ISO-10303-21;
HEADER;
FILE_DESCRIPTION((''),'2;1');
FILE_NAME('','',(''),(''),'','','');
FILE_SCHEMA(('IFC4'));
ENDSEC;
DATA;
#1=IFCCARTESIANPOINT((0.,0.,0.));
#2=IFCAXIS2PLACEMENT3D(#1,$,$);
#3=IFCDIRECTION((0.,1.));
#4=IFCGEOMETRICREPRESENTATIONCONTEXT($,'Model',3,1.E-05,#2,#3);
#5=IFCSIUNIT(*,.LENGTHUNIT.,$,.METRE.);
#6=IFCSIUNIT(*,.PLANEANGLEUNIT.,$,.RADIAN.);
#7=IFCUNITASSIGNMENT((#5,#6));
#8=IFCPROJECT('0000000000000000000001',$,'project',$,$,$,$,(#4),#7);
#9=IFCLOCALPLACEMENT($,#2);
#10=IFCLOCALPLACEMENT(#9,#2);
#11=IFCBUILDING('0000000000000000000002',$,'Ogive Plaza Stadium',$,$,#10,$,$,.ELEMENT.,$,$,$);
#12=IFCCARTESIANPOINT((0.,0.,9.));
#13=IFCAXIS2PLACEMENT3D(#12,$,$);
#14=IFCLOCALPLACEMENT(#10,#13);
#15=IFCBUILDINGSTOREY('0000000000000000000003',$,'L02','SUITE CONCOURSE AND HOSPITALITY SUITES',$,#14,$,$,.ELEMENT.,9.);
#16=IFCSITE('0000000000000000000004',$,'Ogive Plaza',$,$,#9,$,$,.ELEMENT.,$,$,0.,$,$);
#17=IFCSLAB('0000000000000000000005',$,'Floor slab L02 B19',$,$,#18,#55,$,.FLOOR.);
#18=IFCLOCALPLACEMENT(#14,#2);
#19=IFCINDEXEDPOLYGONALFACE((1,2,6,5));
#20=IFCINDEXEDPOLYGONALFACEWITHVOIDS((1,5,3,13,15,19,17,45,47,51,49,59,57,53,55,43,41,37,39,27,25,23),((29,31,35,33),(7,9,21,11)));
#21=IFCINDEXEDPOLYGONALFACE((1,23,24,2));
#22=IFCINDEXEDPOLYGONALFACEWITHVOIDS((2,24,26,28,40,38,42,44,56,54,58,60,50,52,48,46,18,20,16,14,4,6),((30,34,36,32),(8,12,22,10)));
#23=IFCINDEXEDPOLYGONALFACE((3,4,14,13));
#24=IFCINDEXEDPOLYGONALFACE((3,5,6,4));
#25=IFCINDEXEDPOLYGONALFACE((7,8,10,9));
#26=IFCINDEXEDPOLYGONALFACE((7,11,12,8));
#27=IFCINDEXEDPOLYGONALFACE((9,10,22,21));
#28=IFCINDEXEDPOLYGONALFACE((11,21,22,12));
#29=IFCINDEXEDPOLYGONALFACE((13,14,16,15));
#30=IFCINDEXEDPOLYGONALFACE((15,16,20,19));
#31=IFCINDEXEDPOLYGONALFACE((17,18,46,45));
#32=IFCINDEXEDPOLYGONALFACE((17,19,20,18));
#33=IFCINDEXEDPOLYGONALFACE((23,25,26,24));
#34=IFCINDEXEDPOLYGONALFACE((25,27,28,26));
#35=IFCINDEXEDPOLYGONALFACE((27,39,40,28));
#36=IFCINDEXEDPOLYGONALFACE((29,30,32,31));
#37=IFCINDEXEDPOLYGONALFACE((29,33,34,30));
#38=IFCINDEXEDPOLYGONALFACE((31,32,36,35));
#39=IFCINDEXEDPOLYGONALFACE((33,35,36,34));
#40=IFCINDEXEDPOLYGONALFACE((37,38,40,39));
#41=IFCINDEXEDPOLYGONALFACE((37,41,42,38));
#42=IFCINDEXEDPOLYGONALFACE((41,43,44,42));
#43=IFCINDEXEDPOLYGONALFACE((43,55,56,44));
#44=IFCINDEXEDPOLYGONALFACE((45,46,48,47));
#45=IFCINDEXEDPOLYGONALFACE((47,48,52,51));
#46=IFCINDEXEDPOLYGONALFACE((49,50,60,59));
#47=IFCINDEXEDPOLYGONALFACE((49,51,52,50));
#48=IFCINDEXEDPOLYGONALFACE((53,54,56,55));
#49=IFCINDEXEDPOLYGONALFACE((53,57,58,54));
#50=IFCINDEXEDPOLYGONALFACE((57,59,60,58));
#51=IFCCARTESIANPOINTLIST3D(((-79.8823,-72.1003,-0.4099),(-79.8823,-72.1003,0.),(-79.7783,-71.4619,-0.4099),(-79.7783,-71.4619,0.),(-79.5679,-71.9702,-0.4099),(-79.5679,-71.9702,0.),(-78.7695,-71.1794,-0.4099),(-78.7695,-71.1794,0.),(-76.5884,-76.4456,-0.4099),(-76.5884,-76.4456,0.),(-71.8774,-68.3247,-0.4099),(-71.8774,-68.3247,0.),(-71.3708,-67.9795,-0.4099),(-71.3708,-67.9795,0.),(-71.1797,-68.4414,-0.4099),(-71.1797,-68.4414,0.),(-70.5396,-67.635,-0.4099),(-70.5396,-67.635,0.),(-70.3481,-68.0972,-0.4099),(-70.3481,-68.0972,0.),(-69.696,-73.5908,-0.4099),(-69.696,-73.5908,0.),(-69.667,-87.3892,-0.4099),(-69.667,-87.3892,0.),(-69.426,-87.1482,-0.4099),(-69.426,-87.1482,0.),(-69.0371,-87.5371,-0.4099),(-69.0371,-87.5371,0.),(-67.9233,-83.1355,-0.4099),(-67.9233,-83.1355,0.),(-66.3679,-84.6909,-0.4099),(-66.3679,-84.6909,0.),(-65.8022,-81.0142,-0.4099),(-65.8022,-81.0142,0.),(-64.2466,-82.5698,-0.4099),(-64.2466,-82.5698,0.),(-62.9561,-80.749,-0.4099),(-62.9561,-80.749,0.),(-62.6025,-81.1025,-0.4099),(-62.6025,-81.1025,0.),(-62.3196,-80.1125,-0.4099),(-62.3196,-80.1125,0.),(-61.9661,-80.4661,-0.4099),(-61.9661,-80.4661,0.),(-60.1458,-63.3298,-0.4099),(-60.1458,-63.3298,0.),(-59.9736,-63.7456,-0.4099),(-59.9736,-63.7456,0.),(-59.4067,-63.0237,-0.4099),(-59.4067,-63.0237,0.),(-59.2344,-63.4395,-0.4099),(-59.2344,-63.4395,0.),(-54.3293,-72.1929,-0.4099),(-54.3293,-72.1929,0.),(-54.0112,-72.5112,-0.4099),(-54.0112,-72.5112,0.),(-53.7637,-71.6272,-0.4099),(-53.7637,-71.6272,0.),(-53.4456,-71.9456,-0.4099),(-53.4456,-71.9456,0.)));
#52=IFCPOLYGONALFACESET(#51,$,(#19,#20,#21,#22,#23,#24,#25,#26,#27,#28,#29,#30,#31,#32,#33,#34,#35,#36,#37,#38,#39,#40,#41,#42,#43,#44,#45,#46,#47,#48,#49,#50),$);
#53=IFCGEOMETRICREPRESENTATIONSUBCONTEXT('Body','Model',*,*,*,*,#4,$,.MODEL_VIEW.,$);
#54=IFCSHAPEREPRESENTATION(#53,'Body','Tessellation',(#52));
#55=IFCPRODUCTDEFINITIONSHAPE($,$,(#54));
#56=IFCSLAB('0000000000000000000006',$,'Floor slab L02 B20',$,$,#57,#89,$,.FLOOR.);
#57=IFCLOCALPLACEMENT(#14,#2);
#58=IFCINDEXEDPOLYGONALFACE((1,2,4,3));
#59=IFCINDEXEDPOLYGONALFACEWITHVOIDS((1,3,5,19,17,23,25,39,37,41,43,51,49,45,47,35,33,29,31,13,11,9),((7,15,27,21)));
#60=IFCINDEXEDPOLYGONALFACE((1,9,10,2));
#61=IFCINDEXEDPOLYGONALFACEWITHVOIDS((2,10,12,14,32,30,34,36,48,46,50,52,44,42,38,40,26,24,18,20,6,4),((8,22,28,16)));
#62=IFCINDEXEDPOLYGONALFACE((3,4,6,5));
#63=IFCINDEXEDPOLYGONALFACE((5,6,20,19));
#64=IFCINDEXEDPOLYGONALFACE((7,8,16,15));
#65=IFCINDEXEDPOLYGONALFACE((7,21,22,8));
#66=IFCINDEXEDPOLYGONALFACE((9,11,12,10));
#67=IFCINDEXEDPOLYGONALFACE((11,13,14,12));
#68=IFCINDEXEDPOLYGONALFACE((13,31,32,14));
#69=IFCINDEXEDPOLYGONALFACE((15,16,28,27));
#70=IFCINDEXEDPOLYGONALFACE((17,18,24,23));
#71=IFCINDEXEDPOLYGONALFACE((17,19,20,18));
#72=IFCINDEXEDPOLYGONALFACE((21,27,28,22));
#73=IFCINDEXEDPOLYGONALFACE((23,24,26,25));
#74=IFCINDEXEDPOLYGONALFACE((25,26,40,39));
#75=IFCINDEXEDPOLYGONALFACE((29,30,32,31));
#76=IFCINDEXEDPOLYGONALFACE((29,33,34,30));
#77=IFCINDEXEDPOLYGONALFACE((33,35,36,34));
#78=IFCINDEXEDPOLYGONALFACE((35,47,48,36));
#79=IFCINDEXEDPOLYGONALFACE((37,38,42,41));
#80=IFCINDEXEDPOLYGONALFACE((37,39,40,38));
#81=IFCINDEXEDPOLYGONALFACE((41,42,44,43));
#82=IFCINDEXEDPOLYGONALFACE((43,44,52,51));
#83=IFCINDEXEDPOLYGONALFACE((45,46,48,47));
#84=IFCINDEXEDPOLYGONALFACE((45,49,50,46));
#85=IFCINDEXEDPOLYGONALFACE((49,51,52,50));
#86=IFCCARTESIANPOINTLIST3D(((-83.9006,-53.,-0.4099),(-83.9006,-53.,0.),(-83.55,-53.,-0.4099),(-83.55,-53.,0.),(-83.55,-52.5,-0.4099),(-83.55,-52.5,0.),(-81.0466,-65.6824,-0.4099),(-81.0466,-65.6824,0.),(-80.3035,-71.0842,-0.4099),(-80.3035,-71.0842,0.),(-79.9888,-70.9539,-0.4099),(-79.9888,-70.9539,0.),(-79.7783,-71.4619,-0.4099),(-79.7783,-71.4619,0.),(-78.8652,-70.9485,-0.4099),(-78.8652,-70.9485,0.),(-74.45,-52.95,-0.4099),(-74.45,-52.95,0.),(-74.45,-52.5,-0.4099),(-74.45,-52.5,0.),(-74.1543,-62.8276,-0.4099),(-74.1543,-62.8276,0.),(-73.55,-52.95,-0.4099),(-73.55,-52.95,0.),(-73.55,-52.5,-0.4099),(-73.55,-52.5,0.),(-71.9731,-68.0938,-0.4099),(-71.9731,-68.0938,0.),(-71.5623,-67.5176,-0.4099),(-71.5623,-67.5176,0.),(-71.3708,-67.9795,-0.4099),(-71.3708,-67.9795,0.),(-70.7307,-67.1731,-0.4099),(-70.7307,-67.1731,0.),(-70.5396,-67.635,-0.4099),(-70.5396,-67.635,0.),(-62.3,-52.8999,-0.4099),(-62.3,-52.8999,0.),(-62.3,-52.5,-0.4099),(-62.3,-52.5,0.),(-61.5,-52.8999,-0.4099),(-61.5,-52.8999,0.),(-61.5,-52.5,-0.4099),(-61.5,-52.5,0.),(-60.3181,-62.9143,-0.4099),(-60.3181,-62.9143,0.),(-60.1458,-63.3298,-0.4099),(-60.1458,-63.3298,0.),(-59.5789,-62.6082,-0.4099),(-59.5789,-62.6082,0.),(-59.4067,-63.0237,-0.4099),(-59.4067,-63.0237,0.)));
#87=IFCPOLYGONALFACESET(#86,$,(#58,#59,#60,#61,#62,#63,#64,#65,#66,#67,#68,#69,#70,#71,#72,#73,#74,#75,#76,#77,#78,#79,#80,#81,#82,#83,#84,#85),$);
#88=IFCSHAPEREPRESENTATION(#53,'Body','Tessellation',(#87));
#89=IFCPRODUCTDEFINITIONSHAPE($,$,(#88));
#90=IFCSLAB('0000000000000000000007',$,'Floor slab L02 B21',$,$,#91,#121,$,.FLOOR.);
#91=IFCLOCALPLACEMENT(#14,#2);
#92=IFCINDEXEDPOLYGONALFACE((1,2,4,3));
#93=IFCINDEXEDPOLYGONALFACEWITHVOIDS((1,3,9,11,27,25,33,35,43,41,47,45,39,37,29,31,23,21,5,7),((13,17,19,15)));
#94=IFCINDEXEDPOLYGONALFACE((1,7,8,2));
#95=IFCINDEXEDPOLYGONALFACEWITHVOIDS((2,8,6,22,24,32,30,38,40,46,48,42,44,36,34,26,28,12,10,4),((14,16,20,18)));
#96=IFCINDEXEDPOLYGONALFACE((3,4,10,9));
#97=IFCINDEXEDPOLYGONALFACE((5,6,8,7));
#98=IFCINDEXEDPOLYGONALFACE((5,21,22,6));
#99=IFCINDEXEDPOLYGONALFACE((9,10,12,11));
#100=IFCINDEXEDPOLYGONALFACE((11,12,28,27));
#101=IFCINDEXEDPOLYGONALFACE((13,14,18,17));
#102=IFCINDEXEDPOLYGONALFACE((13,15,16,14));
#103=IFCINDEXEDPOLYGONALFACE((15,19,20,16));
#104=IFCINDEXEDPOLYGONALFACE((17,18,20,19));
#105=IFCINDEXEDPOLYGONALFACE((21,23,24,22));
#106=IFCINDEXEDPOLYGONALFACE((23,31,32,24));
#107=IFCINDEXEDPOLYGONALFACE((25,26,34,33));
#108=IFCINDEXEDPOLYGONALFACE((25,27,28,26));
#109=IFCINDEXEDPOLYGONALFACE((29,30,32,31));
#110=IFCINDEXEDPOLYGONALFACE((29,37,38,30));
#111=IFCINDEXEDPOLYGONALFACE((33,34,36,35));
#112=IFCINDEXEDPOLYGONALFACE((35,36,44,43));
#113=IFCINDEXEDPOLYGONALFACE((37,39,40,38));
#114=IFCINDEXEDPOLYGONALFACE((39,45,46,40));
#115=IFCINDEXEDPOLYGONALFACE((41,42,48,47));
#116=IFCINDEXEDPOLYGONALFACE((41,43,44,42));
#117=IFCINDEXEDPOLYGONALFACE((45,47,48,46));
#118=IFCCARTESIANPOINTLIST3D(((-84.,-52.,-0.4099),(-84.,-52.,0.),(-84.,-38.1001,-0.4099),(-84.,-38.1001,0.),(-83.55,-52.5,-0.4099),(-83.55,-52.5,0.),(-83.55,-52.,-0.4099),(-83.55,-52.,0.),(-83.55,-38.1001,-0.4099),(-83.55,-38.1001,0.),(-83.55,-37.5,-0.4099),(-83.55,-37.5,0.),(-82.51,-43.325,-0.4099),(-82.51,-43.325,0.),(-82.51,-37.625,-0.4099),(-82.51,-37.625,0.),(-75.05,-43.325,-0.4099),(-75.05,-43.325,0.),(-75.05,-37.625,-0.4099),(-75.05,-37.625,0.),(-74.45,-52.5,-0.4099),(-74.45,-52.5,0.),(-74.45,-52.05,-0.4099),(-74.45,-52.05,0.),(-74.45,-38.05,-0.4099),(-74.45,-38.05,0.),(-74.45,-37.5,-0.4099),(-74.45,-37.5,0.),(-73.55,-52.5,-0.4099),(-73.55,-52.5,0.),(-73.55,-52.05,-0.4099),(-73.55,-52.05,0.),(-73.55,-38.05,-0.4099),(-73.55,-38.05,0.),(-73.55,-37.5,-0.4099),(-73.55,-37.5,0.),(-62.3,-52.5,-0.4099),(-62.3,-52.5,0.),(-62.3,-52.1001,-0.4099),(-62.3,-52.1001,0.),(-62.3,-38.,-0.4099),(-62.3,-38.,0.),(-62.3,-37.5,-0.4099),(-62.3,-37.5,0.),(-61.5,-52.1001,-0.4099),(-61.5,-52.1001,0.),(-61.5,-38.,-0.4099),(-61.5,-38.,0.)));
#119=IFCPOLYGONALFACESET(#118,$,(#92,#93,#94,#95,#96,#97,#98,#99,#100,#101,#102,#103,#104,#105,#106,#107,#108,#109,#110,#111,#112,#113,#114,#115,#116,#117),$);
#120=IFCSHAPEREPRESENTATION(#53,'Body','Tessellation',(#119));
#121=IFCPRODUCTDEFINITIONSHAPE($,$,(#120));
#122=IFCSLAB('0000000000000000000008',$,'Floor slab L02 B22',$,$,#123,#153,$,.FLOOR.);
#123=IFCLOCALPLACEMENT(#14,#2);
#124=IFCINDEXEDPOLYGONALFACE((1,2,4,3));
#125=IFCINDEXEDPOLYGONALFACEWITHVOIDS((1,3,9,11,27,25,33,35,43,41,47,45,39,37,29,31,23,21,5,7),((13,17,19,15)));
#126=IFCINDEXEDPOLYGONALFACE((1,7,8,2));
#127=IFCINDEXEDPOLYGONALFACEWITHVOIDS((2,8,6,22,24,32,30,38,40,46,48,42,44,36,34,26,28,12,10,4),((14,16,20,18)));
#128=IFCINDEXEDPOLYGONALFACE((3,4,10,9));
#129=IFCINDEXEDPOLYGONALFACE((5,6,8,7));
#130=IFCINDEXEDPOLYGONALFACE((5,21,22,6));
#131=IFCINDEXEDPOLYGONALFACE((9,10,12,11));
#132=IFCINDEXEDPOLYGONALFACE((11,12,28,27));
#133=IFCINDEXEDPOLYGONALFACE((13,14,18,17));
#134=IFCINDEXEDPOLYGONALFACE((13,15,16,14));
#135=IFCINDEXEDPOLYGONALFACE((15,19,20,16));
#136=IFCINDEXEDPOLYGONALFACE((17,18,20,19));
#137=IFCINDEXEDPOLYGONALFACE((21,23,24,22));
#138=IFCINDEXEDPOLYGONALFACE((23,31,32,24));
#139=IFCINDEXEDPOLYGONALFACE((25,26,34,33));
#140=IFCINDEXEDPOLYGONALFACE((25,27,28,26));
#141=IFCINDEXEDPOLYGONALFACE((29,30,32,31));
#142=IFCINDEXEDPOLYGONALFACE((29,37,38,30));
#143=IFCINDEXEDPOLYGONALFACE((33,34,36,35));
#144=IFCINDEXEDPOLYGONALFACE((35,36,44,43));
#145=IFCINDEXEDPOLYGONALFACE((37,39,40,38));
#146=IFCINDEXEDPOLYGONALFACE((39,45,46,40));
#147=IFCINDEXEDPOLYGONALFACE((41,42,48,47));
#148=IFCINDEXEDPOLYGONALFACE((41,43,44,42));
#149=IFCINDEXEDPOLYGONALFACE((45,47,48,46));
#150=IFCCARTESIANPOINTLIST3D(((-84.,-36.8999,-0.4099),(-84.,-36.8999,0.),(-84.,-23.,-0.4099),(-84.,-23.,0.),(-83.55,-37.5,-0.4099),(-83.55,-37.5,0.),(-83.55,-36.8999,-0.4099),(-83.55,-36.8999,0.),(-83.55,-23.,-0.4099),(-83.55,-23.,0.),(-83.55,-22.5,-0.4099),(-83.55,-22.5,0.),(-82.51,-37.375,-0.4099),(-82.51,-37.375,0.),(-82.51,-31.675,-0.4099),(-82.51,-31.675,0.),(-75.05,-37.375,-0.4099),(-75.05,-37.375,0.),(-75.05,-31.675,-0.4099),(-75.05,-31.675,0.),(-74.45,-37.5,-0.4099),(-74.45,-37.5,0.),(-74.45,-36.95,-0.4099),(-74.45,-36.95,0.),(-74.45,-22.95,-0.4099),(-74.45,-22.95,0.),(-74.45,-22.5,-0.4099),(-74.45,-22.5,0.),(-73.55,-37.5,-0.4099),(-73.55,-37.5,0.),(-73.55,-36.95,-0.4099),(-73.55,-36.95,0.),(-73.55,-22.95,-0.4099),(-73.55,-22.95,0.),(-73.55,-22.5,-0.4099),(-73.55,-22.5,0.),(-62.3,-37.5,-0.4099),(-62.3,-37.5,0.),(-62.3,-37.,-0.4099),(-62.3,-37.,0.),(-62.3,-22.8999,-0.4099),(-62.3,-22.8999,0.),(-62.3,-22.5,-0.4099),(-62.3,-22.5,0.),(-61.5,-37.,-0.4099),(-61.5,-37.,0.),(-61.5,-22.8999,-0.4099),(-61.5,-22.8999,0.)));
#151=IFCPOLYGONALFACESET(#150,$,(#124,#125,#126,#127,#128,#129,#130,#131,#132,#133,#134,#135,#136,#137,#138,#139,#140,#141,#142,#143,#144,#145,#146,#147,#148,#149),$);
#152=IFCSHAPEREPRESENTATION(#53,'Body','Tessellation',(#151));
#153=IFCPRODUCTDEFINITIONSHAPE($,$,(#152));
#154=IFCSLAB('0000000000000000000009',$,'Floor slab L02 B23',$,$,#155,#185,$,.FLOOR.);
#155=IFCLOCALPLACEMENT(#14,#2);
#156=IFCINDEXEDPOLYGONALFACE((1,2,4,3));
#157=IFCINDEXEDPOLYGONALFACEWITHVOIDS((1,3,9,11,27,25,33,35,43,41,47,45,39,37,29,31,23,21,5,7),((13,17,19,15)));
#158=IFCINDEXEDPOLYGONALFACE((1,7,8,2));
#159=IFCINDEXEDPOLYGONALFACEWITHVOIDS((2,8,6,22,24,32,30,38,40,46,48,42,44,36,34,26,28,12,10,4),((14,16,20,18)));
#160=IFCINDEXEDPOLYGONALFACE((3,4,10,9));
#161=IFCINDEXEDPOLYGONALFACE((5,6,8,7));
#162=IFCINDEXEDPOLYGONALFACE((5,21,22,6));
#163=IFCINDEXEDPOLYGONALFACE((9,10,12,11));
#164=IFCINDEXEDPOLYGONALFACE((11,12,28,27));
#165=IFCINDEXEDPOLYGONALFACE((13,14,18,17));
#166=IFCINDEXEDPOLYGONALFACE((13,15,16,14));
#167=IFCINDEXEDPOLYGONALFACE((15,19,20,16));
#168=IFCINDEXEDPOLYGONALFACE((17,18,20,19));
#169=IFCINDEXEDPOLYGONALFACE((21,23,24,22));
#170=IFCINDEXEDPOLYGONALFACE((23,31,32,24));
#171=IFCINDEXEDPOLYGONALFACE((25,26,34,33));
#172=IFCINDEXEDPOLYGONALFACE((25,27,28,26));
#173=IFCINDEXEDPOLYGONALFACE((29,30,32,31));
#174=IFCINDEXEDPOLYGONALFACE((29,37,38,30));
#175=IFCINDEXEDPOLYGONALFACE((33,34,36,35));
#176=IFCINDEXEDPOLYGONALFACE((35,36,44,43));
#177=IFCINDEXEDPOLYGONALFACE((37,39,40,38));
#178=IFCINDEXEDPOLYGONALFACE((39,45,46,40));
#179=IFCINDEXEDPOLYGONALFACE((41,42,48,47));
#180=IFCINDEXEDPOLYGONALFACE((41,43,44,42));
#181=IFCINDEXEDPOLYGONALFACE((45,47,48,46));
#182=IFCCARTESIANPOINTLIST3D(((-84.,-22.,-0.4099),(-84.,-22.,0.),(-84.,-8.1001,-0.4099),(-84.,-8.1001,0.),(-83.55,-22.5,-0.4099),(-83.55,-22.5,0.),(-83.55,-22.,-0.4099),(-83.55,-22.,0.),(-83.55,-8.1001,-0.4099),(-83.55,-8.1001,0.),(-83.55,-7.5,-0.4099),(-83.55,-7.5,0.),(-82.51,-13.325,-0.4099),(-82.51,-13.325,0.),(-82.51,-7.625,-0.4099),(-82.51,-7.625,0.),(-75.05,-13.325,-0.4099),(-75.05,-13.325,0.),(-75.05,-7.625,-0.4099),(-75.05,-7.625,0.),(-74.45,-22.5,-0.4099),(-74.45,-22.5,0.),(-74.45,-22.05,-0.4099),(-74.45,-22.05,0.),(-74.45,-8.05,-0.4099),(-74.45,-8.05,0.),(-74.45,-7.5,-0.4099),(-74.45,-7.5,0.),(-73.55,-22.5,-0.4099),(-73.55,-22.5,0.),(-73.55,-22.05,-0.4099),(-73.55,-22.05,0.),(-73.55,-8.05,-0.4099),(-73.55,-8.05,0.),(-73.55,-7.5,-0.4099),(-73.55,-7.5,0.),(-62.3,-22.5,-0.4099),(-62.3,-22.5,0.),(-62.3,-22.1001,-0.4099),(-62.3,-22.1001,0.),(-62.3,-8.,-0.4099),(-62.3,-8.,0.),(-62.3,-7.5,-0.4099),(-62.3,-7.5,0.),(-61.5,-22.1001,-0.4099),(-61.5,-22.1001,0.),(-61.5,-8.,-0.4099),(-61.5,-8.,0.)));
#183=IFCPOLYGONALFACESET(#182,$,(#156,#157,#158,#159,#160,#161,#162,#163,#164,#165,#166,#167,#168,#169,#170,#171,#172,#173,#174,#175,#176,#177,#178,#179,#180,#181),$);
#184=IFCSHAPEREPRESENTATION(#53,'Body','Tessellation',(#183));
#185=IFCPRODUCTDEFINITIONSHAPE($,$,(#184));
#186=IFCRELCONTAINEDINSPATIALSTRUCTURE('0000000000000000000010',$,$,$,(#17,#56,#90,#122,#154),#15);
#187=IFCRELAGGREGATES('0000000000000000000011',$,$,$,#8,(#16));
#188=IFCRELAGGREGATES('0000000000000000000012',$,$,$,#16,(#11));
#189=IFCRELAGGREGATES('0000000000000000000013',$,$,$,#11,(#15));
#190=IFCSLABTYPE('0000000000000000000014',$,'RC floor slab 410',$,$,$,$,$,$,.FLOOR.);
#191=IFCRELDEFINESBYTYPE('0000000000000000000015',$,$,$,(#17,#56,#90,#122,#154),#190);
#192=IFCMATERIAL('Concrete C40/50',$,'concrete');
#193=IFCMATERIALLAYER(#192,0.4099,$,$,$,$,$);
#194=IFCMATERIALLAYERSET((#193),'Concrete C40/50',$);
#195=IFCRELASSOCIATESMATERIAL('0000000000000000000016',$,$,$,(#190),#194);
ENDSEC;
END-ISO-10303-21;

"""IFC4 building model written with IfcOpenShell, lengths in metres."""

from ifc_helpers import new_model, si_unit, direction, frame, origin, place, context, subcontext, project, spatial, polyline, outline, extrude, material, layer, layer_set, type_object, element, save


model = new_model("IFC4")

# Units and contexts
model_context = context("Model", 3, precision=1e-05, world=origin(), true_north=direction((0.0, 1.0)))
body_context = subcontext(model_context, "Body", "Model", "MODEL_VIEW")
ifc_project = project(units=[si_unit("LENGTHUNIT", "METRE"), si_unit("PLANEANGLEUNIT", "RADIAN")], contexts=[model_context])

# Site, building, storey
site_placement = place(None, origin())
site = spatial("IfcSite", under=ifc_project, at=site_placement, Name="Ogive Plaza", CompositionType="ELEMENT", RefElevation=0.0)
building_placement = place(site_placement, origin())
building = spatial("IfcBuilding", under=site, at=building_placement, Name="Ogive Plaza Stadium", CompositionType="ELEMENT")
storey_placement = place(building_placement, frame((0.0, 0.0, 9.0)))
storey = spatial("IfcBuildingStorey", under=building, at=storey_placement, Name="L02", Description="SUITE CONCOURSE AND HOSPITALITY SUITES", CompositionType="ELEMENT", Elevation=9.0)

# Slabs
ifc_material = material(Name="Concrete C40/50", Category="concrete")
ifc_layer = layer(ifc_material, 0.4099)
ifc_layer_set = layer_set([ifc_layer], Name="Concrete C40/50")
slab_type = type_object("IfcSlabType", Name="RC floor slab 410", PredefinedType="FLOOR", material=ifc_layer_set)
slab_1_placement = place(storey_placement, frame((0.0, 0.0, -0.4099)))
element("IfcSlab", 1, at=slab_1_placement, inside=storey, type_object=slab_type, Name="Floor slab L02 B19", PredefinedType="FLOOR", context=body_context, shape_type="SweptSolid", body=[
    extrude(outline(polyline([(-70.5396, -67.635), (-70.3481, -68.0972), (-71.1797, -68.4414), (-71.3708, -67.9795), (-79.7783, -71.4619), (-79.5679, -71.9702), (-79.8823, -72.1003), (-69.667, -87.3892), (-69.426, -87.1482), (-69.0371, -87.5371), (-62.6025, -81.1025), (-62.9561, -80.749), (-62.3196, -80.1125), (-61.9661, -80.4661), (-54.0112, -72.5112), (-54.3293, -72.1929), (-53.7637, -71.6272), (-53.4456, -71.9456), (-59.4067, -63.0237), (-59.2344, -63.4395), (-59.9736, -63.7456), (-60.1458, -63.3298), (-70.5396, -67.635)]), holes=[polyline([(-64.2466, -82.5698), (-65.8022, -81.0142), (-67.9233, -83.1355), (-66.3679, -84.6909), (-64.2466, -82.5698)]), polyline([(-69.696, -73.5908), (-71.8774, -68.3247), (-78.7695, -71.1794), (-76.5884, -76.4456), (-69.696, -73.5908)])]), origin(), (0.0, 0.0, 1.0), 0.4099),
])
slab_2_placement = place(storey_placement, frame((0.0, 0.0, -0.4099)))
element("IfcSlab", 2, at=slab_2_placement, inside=storey, type_object=slab_type, Name="Floor slab L02 B20", PredefinedType="FLOOR", context=body_context, shape_type="SweptSolid", body=[
    extrude(outline(polyline([(-73.55, -52.5), (-73.55, -52.95), (-74.45, -52.95), (-74.45, -52.5), (-83.55, -52.5), (-83.55, -53.0), (-83.9006, -53.0), (-80.3035, -71.0842), (-79.9888, -70.9539), (-79.7783, -71.4619), (-71.3708, -67.9795), (-71.5623, -67.5176), (-70.7307, -67.1731), (-70.5396, -67.635), (-60.1458, -63.3298), (-60.3181, -62.9143), (-59.5789, -62.6082), (-59.4067, -63.0237), (-61.5, -52.5), (-61.5, -52.8999), (-62.3, -52.8999), (-62.3, -52.5), (-73.55, -52.5)]), holes=[polyline([(-71.9731, -68.0938), (-74.1543, -62.8276), (-81.0466, -65.6824), (-78.8652, -70.9485), (-71.9731, -68.0938)])]), origin(), (0.0, 0.0, 1.0), 0.4099),
])
slab_3_placement = place(storey_placement, frame((0.0, 0.0, -0.4099)))
element("IfcSlab", 3, at=slab_3_placement, inside=storey, type_object=slab_type, Name="Floor slab L02 B21", PredefinedType="FLOOR", context=body_context, shape_type="SweptSolid", body=[
    extrude(outline(polyline([(-73.55, -37.5), (-73.55, -38.05), (-74.45, -38.05), (-74.45, -37.5), (-83.55, -37.5), (-83.55, -38.1001), (-84.0, -38.1001), (-84.0, -52.0), (-83.55, -52.0), (-83.55, -52.5), (-74.45, -52.5), (-74.45, -52.05), (-73.55, -52.05), (-73.55, -52.5), (-62.3, -52.5), (-62.3, -52.1001), (-61.5, -52.1001), (-61.5, -38.0), (-62.3, -38.0), (-62.3, -37.5), (-73.55, -37.5)]), holes=[polyline([(-75.05, -43.325), (-75.05, -37.625), (-82.51, -37.625), (-82.51, -43.325), (-75.05, -43.325)])]), origin(), (0.0, 0.0, 1.0), 0.4099),
])
slab_4_placement = place(storey_placement, frame((0.0, 0.0, -0.4099)))
element("IfcSlab", 4, at=slab_4_placement, inside=storey, type_object=slab_type, Name="Floor slab L02 B22", PredefinedType="FLOOR", context=body_context, shape_type="SweptSolid", body=[
    extrude(outline(polyline([(-73.55, -22.5), (-73.55, -22.95), (-74.45, -22.95), (-74.45, -22.5), (-83.55, -22.5), (-83.55, -23.0), (-84.0, -23.0), (-84.0, -36.8999), (-83.55, -36.8999), (-83.55, -37.5), (-74.45, -37.5), (-74.45, -36.95), (-73.55, -36.95), (-73.55, -37.5), (-62.3, -37.5), (-62.3, -37.0), (-61.5, -37.0), (-61.5, -22.8999), (-62.3, -22.8999), (-62.3, -22.5), (-73.55, -22.5)]), holes=[polyline([(-75.05, -37.375), (-75.05, -31.675), (-82.51, -31.675), (-82.51, -37.375), (-75.05, -37.375)])]), origin(), (0.0, 0.0, 1.0), 0.4099),
])
slab_5_placement = place(storey_placement, frame((0.0, 0.0, -0.4099)))
element("IfcSlab", 5, at=slab_5_placement, inside=storey, type_object=slab_type, Name="Floor slab L02 B23", PredefinedType="FLOOR", context=body_context, shape_type="SweptSolid", body=[
    extrude(outline(polyline([(-73.55, -7.5), (-73.55, -8.05), (-74.45, -8.05), (-74.45, -7.5), (-83.55, -7.5), (-83.55, -8.1001), (-84.0, -8.1001), (-84.0, -22.0), (-83.55, -22.0), (-83.55, -22.5), (-74.45, -22.5), (-74.45, -22.05), (-73.55, -22.05), (-73.55, -22.5), (-62.3, -22.5), (-62.3, -22.1001), (-61.5, -22.1001), (-61.5, -8.0), (-62.3, -8.0), (-62.3, -7.5), (-73.55, -7.5)]), holes=[polyline([(-75.05, -13.325), (-75.05, -7.625), (-82.51, -7.625), (-82.51, -13.325), (-75.05, -13.325)])]), origin(), (0.0, 0.0, 1.0), 0.4099),
])

save(model, "model.ifc")
